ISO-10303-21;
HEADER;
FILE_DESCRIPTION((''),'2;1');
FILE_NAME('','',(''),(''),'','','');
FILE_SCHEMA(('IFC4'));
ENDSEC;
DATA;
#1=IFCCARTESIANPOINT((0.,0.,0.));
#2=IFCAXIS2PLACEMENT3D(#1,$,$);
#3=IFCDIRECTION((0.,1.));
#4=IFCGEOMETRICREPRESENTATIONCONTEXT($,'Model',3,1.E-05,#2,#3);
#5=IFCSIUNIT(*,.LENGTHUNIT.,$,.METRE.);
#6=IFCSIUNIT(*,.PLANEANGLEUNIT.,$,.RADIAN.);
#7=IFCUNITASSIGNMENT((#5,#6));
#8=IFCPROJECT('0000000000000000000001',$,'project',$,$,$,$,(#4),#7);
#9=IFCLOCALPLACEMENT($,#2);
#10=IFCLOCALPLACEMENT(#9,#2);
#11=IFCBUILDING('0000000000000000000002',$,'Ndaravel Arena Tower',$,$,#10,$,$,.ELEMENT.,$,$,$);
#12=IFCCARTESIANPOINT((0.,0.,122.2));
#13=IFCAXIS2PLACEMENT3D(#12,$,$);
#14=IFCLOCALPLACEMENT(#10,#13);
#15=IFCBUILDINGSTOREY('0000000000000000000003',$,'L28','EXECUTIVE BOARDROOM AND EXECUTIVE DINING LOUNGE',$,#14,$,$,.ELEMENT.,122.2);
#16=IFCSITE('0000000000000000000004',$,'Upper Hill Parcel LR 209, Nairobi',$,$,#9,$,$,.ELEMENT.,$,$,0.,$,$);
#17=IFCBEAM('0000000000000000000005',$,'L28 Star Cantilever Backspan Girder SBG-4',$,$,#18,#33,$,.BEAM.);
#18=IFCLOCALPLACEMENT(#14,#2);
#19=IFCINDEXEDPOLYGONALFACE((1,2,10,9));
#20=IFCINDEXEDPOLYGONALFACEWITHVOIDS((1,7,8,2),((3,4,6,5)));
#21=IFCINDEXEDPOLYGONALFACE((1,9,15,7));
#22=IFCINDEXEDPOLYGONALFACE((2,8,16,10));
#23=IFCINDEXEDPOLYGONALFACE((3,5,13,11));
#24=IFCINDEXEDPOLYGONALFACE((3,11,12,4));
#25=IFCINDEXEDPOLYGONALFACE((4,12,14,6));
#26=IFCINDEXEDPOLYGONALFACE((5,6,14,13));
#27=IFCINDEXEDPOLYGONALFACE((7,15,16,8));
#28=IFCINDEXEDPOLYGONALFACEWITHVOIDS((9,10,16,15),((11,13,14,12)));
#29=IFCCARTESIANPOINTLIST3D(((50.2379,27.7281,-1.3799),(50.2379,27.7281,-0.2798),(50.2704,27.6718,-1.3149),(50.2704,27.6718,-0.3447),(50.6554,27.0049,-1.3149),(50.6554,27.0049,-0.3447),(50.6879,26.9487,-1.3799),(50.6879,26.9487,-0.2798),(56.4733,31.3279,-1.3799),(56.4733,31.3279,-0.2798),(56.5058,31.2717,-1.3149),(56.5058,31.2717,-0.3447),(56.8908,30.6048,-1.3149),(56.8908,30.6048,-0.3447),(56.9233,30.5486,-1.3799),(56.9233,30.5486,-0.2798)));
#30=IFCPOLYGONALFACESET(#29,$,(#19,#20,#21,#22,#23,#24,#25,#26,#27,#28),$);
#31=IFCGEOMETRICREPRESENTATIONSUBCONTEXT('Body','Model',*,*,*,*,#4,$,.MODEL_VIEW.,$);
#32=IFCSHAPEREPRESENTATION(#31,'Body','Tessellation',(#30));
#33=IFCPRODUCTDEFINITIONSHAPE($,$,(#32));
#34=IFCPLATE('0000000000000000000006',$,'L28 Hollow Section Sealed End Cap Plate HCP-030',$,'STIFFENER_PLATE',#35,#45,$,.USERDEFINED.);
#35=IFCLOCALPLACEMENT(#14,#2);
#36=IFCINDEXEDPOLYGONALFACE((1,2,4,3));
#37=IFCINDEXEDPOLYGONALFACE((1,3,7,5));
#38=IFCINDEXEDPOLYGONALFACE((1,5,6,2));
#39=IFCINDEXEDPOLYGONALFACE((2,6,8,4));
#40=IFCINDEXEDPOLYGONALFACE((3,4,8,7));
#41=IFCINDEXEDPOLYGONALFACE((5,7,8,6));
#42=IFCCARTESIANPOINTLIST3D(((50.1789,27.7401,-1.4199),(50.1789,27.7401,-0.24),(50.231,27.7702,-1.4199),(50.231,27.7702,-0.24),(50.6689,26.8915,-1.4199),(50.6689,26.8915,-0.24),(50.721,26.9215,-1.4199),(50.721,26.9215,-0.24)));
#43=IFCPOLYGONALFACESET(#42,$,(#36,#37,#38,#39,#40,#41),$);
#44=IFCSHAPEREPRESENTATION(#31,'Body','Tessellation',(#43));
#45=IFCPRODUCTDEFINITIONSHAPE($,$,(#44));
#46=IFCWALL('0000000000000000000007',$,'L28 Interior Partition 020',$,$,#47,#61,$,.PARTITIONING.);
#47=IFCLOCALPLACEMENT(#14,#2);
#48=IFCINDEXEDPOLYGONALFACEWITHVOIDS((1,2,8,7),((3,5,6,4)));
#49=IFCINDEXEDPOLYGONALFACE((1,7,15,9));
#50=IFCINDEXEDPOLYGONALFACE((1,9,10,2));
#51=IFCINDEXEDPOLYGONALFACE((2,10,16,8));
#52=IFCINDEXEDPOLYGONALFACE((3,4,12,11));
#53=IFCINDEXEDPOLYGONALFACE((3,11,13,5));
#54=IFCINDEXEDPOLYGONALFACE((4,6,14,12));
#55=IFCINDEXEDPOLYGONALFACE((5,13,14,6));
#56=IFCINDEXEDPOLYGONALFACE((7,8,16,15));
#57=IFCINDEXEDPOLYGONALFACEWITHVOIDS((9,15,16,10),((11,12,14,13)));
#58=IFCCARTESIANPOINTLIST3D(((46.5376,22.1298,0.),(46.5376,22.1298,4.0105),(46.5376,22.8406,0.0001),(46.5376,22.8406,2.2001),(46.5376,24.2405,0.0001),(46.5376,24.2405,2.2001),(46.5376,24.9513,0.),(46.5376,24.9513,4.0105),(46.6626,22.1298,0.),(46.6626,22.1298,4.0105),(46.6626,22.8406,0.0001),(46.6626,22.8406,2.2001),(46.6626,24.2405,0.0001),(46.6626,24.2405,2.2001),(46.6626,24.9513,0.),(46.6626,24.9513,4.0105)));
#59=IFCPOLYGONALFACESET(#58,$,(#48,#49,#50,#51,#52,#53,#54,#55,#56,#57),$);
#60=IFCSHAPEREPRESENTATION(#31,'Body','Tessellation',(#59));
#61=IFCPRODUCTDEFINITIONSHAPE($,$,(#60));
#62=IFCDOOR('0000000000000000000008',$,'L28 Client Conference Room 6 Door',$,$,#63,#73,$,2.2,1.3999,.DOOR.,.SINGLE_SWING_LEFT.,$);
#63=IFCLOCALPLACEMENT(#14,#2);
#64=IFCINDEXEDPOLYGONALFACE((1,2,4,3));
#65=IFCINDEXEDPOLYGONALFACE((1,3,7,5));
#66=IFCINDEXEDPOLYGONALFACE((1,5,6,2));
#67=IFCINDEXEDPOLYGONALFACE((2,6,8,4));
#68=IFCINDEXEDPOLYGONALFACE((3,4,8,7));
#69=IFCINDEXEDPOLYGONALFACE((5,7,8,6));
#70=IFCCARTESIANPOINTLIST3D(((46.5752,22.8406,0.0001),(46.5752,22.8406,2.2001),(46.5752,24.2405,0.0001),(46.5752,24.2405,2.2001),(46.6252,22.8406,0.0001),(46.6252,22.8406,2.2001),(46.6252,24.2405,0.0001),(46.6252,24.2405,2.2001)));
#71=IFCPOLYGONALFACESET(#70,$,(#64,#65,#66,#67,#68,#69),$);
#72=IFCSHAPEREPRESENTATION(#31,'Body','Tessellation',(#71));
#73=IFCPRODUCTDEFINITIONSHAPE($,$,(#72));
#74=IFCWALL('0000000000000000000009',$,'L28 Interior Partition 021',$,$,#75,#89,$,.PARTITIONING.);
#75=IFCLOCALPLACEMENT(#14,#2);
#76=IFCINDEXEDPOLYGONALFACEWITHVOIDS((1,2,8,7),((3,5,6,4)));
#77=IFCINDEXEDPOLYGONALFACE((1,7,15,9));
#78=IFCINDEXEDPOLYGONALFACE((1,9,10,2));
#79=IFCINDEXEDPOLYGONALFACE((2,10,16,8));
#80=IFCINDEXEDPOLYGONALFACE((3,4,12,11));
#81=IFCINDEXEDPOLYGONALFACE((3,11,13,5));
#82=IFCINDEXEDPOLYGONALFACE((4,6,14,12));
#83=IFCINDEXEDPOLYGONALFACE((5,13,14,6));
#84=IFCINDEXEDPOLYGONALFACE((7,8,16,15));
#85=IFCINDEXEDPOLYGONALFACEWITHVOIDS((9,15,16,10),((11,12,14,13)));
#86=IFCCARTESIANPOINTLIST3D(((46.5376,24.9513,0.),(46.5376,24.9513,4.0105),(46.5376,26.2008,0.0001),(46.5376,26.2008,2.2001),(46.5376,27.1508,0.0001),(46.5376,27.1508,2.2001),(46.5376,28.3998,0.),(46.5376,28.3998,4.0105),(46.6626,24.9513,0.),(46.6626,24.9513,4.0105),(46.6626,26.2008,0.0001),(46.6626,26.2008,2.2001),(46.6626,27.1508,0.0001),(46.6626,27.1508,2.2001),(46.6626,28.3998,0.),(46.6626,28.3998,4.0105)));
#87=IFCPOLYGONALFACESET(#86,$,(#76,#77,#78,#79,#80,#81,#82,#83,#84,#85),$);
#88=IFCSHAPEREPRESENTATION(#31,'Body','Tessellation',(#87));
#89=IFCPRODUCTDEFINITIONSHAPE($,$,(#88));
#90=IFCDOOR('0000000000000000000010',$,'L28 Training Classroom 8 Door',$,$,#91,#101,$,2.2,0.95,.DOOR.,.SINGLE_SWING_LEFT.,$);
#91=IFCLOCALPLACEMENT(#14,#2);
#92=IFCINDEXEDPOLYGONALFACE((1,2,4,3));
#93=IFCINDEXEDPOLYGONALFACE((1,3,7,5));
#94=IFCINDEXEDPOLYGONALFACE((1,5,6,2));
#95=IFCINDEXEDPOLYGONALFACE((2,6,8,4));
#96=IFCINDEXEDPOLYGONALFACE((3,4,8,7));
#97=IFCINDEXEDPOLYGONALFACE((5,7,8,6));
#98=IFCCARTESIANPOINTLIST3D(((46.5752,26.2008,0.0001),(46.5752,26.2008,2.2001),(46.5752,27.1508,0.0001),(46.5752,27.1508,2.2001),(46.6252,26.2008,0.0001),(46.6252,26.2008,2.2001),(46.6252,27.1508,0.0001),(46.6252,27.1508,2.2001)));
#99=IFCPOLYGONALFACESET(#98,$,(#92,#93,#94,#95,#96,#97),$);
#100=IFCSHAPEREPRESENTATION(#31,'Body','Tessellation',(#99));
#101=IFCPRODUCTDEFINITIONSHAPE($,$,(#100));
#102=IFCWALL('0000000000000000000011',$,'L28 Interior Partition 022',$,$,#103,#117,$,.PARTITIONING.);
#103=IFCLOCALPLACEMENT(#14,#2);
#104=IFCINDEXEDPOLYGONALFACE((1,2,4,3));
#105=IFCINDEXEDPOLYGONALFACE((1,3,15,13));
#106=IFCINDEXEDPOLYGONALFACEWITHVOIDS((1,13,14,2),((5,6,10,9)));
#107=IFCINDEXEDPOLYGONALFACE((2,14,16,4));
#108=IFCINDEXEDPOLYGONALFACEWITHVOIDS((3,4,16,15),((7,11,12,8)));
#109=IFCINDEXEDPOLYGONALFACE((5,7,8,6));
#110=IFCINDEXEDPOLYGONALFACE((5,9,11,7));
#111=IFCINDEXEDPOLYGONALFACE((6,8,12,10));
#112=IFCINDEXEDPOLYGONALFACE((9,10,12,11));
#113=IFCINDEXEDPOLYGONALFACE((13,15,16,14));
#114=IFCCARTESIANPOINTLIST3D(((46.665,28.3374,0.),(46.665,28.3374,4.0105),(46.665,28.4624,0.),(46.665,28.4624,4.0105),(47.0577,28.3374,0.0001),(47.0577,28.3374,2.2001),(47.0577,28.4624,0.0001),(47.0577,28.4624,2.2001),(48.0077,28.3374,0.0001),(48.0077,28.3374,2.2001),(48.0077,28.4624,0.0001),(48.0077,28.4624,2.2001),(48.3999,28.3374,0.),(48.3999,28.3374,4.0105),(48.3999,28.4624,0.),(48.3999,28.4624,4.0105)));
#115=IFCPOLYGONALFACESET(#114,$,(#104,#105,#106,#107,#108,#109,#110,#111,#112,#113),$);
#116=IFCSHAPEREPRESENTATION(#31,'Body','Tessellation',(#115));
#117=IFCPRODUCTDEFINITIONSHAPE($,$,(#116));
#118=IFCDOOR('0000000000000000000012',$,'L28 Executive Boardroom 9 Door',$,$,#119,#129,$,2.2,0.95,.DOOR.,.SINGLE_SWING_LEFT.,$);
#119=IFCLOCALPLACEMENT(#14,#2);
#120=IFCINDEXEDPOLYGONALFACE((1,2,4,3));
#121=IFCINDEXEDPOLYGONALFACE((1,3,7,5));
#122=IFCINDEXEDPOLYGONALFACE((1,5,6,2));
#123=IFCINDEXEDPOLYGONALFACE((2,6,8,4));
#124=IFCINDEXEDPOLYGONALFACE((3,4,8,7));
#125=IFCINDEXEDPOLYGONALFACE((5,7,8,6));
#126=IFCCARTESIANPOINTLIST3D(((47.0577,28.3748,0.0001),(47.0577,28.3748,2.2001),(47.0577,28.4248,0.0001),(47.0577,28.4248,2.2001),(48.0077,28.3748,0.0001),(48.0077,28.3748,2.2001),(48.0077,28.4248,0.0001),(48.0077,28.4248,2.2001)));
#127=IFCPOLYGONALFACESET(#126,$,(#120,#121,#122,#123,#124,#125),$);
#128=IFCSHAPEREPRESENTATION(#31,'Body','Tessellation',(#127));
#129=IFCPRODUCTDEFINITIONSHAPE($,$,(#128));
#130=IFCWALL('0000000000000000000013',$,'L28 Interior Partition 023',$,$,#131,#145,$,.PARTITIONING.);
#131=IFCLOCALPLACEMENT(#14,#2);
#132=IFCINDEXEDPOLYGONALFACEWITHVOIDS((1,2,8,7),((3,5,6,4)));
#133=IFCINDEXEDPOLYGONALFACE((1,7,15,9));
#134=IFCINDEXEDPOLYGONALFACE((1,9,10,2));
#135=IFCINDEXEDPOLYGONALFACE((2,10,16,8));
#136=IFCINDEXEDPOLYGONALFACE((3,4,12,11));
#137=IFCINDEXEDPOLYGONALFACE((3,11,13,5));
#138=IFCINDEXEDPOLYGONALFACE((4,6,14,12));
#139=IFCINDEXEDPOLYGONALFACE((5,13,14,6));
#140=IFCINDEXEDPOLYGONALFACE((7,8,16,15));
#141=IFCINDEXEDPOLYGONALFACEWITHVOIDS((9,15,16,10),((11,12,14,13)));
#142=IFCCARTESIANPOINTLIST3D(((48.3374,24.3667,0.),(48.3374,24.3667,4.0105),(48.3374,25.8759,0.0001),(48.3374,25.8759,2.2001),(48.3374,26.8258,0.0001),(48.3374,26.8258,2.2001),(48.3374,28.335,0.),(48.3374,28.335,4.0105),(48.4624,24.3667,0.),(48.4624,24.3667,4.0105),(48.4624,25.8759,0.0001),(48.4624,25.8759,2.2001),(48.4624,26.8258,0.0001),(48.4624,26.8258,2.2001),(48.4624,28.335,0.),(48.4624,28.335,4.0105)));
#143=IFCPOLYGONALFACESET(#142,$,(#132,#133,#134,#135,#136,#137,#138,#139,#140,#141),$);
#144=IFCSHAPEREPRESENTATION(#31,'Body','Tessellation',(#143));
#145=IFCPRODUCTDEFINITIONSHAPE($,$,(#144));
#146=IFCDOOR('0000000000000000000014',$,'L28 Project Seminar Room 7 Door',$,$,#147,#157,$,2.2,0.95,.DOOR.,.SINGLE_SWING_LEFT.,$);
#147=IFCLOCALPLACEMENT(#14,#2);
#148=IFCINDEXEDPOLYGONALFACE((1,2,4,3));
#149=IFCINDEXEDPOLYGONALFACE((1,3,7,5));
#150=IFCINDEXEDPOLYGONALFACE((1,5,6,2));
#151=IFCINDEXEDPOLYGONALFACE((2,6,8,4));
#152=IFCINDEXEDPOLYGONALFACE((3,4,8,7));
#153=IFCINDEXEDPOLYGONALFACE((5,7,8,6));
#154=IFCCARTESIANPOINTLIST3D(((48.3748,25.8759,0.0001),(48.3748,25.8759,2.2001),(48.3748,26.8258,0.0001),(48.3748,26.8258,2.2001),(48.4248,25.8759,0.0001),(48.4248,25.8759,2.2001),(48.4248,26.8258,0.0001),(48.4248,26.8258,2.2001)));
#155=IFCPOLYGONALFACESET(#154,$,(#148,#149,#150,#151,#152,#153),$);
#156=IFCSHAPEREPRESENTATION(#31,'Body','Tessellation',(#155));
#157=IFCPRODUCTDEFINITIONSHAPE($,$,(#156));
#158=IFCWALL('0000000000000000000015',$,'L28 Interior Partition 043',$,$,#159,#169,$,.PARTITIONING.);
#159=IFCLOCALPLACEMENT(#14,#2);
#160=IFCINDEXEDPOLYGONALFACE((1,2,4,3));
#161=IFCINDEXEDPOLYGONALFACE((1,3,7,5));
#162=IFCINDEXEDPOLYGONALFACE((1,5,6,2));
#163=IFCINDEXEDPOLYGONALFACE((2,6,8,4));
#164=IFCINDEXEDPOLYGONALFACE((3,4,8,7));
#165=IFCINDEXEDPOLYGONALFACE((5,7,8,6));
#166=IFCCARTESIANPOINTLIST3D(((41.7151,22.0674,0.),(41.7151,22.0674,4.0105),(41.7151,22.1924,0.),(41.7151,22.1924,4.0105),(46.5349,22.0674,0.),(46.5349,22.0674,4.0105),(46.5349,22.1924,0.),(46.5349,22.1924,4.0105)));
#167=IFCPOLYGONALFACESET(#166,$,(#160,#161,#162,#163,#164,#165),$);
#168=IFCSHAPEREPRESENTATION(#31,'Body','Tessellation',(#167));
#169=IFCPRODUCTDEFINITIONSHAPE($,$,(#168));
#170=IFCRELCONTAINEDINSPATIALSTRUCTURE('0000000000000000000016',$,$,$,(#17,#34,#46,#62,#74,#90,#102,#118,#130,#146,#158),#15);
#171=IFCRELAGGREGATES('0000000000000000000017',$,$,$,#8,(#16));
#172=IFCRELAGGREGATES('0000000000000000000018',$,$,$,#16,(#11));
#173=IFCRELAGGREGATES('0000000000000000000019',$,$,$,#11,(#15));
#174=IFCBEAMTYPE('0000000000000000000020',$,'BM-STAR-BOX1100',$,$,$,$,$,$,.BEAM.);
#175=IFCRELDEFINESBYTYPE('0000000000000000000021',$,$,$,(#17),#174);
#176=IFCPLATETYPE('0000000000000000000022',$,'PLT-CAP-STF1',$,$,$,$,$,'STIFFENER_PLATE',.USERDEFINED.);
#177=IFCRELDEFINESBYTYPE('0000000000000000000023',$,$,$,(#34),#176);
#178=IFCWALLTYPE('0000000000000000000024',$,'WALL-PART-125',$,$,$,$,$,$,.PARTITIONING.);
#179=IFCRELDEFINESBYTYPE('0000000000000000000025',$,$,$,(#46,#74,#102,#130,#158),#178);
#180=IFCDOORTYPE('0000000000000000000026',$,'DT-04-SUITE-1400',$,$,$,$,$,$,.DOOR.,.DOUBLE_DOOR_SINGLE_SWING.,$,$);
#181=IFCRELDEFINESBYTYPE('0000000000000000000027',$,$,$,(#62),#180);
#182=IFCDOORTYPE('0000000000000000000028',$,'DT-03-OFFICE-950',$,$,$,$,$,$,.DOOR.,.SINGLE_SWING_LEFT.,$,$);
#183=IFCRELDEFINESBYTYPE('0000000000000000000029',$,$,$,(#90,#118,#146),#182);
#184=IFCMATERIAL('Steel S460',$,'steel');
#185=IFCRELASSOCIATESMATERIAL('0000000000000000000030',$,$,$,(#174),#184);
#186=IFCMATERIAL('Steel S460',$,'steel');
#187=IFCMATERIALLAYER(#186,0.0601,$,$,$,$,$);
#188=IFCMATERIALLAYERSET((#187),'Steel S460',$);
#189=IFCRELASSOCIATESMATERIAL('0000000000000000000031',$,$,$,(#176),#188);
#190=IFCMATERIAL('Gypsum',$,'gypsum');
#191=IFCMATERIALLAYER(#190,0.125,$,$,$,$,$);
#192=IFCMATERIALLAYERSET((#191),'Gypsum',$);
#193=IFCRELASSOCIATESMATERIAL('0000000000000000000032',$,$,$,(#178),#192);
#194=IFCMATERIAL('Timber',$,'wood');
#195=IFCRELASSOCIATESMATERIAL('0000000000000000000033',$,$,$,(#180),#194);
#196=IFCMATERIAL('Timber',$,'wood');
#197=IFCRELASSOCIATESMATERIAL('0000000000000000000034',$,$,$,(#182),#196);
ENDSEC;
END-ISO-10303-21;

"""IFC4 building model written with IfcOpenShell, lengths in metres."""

from ifc_helpers import new_model, si_unit, direction, frame, frame_2d, origin, origin_2d, place, context, subcontext, project, spatial, rectangle, hollow_rectangle, extrude, material, layer, layer_set, material_profile, profile_set, type_object, element, fill, save


model = new_model("IFC4")

# Units and contexts
model_context = context("Model", 3, precision=1e-05, world=origin(), true_north=direction((0.0, 1.0)))
body_context = subcontext(model_context, "Body", "Model", "MODEL_VIEW")
ifc_project = project(units=[si_unit("LENGTHUNIT", "METRE"), si_unit("PLANEANGLEUNIT", "RADIAN")], contexts=[model_context])

# Site, building, storey
site_placement = place(None, origin())
site = spatial("IfcSite", under=ifc_project, at=site_placement, Name="Upper Hill Parcel LR 209, Nairobi", CompositionType="ELEMENT", RefElevation=0.0)
building_placement = place(site_placement, origin())
building = spatial("IfcBuilding", under=site, at=building_placement, Name="Ndaravel Arena Tower", CompositionType="ELEMENT")
storey_placement = place(building_placement, frame((0.0, 0.0, 122.2)))
storey = spatial("IfcBuildingStorey", under=building, at=storey_placement, Name="L28", Description="EXECUTIVE BOARDROOM AND EXECUTIVE DINING LOUNGE", CompositionType="ELEMENT", Elevation=122.2)

# Beam
ifc_material_1 = material(Name="Steel S460", Category="steel")
ifc_material_profile_1 = material_profile(ifc_material_1, hollow_rectangle(XDim=0.8999, YDim=1.1001, WallThickness=0.0649, at=origin_2d()), Name="BOX 1100x900x65")
ifc_profile_set_1 = profile_set([ifc_material_profile_1], Name="Steel S460")
beam_type_1 = type_object("IfcBeamType", Name="BM-STAR-BOX1100", PredefinedType="BEAM", material=ifc_profile_set_1)
beam_1_placement = place(storey_placement, frame((50.4629, 27.3384, -0.8298), z_axis=(0.866033, 0.499987, 0.0), x_axis=(-0.499987, 0.866033, 0.0)))
element("IfcBeam", 1, at=beam_1_placement, inside=storey, type_object=beam_type_1, Name="L28 Star Cantilever Backspan Girder SBG-4", PredefinedType="BEAM", context=body_context, shape_type="SweptSolid", body=[
    extrude(hollow_rectangle(XDim=0.8999, YDim=1.1001, WallThickness=0.0649, at=origin_2d()), origin(), (0.0, 0.0, 1.0), 7.2),
])

# Plate
ifc_material_2 = material(Name="Steel S460", Category="steel")
ifc_layer_1 = layer(ifc_material_2, 0.0601)
ifc_layer_set_1 = layer_set([ifc_layer_1], Name="Steel S460")
plate_type = type_object("IfcPlateType", Name="PLT-CAP-STF1", ElementType="STIFFENER_PLATE", PredefinedType="USERDEFINED", material=ifc_layer_set_1)
plate_placement = place(storey_placement, frame((50.45, 27.3308, -1.4199), z_axis=(0.0, 0.0, 1.0), x_axis=(0.866025, 0.5, 0.0)))
element("IfcPlate", 2, at=plate_placement, inside=storey, type_object=plate_type, Name="L28 Hollow Section Sealed End Cap Plate HCP-030", ObjectType="STIFFENER_PLATE", PredefinedType="USERDEFINED", context=body_context, shape_type="SweptSolid", body=[
    extrude(rectangle(XDim=0.0601, YDim=0.98, at=origin_2d()), origin(), (0.0, 0.0, 1.0), 1.1799),
])

# Walls, openings, doors
ifc_material_3 = material(Name="Gypsum", Category="gypsum")
ifc_layer_2 = layer(ifc_material_3, 0.125)
ifc_layer_set_2 = layer_set([ifc_layer_2], Name="Gypsum")
wall_type_1 = type_object("IfcWallType", Name="WALL-PART-125", PredefinedType="PARTITIONING", material=ifc_layer_set_2)
wall_1_placement = place(storey_placement, frame((46.6001, 22.1299, 0.0), z_axis=(0.0, 0.0, 1.0), x_axis=(0.0, 1.0, 0.0)))
wall_1 = element("IfcWall", 3, at=wall_1_placement, inside=storey, type_object=wall_type_1, Name="L28 Interior Partition 020", PredefinedType="PARTITIONING", context=body_context, shape_type="SweptSolid", body=[
    extrude(rectangle(XDim=2.8215, YDim=0.125, at=frame_2d((1.4106, 0.0))), origin(), (0.0, 0.0, 1.0), 4.0105),
])
opening_1_placement = place(wall_1_placement, frame((0.7107, 0.0, 0.0)))
opening_1 = element("IfcOpeningElement", 4, at=opening_1_placement, cuts=wall_1, PredefinedType="OPENING", context=body_context, shape_type="SweptSolid", body=[
    extrude(rectangle(XDim=1.3999, YDim=2.2, at=frame_2d((0.7, 1.1001))), frame((0.0, 0.0625, 0.0), z_axis=(0.0, -1.0, 0.0), x_axis=(1.0, 0.0, 0.0)), (0.0, 0.0, 1.0), 0.125),
])
ifc_material_4 = material(Name="Timber", Category="wood")
door_type_1 = type_object("IfcDoorType", Name="DT-04-SUITE-1400", OperationType="DOUBLE_DOOR_SINGLE_SWING", PredefinedType="DOOR", material=ifc_material_4)
door_1_placement = place(opening_1_placement, origin())
door_1 = element("IfcDoor", 5, at=door_1_placement, inside=storey, type_object=door_type_1, Name="L28 Client Conference Room 6 Door", OperationType="SINGLE_SWING_LEFT", OverallHeight=2.2, OverallWidth=1.3999, PredefinedType="DOOR", context=body_context, shape_type="SweptSolid", body=[
    extrude(rectangle(XDim=1.3999, YDim=2.2, at=frame_2d((0.7, 1.1001))), frame((0.0, 0.0249, 0.0), z_axis=(0.0, -1.0, 0.0), x_axis=(1.0, 0.0, 0.0)), (0.0, 0.0, 1.0), 0.05),
])
fill(opening_1, door_1)
wall_2_placement = place(storey_placement, frame((46.6001, 24.9514, 0.0), z_axis=(0.0, 0.0, 1.0), x_axis=(0.0, 1.0, 0.0)))
wall_2 = element("IfcWall", 6, at=wall_2_placement, inside=storey, type_object=wall_type_1, Name="L28 Interior Partition 021", PredefinedType="PARTITIONING", context=body_context, shape_type="SweptSolid", body=[
    extrude(rectangle(XDim=3.4485, YDim=0.125, at=frame_2d((1.7241, 0.0))), origin(), (0.0, 0.0, 1.0), 4.0105),
])
opening_2_placement = place(wall_2_placement, frame((1.2493, 0.0, 0.0)))
opening_2 = element("IfcOpeningElement", 7, at=opening_2_placement, cuts=wall_2, PredefinedType="OPENING", context=body_context, shape_type="SweptSolid", body=[
    extrude(rectangle(XDim=0.95, YDim=2.2, at=frame_2d((0.4751, 1.1001))), frame((0.0, 0.0625, 0.0), z_axis=(0.0, -1.0, 0.0), x_axis=(1.0, 0.0, 0.0)), (0.0, 0.0, 1.0), 0.125),
])
ifc_material_5 = material(Name="Timber", Category="wood")
door_type_2 = type_object("IfcDoorType", Name="DT-03-OFFICE-950", OperationType="SINGLE_SWING_LEFT", PredefinedType="DOOR", material=ifc_material_5)
door_2_placement = place(opening_2_placement, origin())
door_2 = element("IfcDoor", 8, at=door_2_placement, inside=storey, type_object=door_type_2, Name="L28 Training Classroom 8 Door", OperationType="SINGLE_SWING_LEFT", OverallHeight=2.2, OverallWidth=0.95, PredefinedType="DOOR", context=body_context, shape_type="SweptSolid", body=[
    extrude(rectangle(XDim=0.95, YDim=2.2, at=frame_2d((0.4751, 1.1001))), frame((0.0, 0.0249, 0.0), z_axis=(0.0, -1.0, 0.0), x_axis=(1.0, 0.0, 0.0)), (0.0, 0.0, 1.0), 0.05),
])
fill(opening_2, door_2)
wall_3_placement = place(storey_placement, frame((46.665, 28.3999, 0.0), z_axis=(0.0, 0.0, 1.0), x_axis=(1.0, 0.0, 0.0)))
wall_3 = element("IfcWall", 9, at=wall_3_placement, inside=storey, type_object=wall_type_1, Name="L28 Interior Partition 022", PredefinedType="PARTITIONING", context=body_context, shape_type="SweptSolid", body=[
    extrude(rectangle(XDim=1.7349, YDim=0.125, at=frame_2d((0.8674, 0.0))), origin(), (0.0, 0.0, 1.0), 4.0105),
])
opening_3_placement = place(wall_3_placement, frame((0.3926, 0.0, 0.0)))
opening_3 = element("IfcOpeningElement", 10, at=opening_3_placement, cuts=wall_3, PredefinedType="OPENING", context=body_context, shape_type="SweptSolid", body=[
    extrude(rectangle(XDim=0.95, YDim=2.2, at=frame_2d((0.4751, 1.1001))), frame((0.0, 0.0625, 0.0), z_axis=(0.0, -1.0, 0.0), x_axis=(1.0, 0.0, 0.0)), (0.0, 0.0, 1.0), 0.125),
])
door_3_placement = place(opening_3_placement, origin())
door_3 = element("IfcDoor", 11, at=door_3_placement, inside=storey, type_object=door_type_2, Name="L28 Executive Boardroom 9 Door", OperationType="SINGLE_SWING_LEFT", OverallHeight=2.2, OverallWidth=0.95, PredefinedType="DOOR", context=body_context, shape_type="SweptSolid", body=[
    extrude(rectangle(XDim=0.95, YDim=2.2, at=frame_2d((0.4751, 1.1001))), frame((0.0, 0.0249, 0.0), z_axis=(0.0, -1.0, 0.0), x_axis=(1.0, 0.0, 0.0)), (0.0, 0.0, 1.0), 0.05),
])
fill(opening_3, door_3)
wall_4_placement = place(storey_placement, frame((48.3999, 28.335, 0.0), z_axis=(0.0, 0.0, 1.0), x_axis=(0.0, -1.0, 0.0)))
wall_4 = element("IfcWall", 12, at=wall_4_placement, inside=storey, type_object=wall_type_1, Name="L28 Interior Partition 023", PredefinedType="PARTITIONING", context=body_context, shape_type="SweptSolid", body=[
    extrude(rectangle(XDim=3.9683, YDim=0.125, at=frame_2d((1.9841, 0.0))), origin(), (0.0, 0.0, 1.0), 4.0105),
])
opening_4_placement = place(wall_4_placement, frame((1.509, 0.0, 0.0)))
opening_4 = element("IfcOpeningElement", 13, at=opening_4_placement, cuts=wall_4, PredefinedType="OPENING", context=body_context, shape_type="SweptSolid", body=[
    extrude(rectangle(XDim=0.95, YDim=2.2, at=frame_2d((0.4751, 1.1001))), frame((0.0, 0.0625, 0.0), z_axis=(0.0, -1.0, 0.0), x_axis=(1.0, 0.0, 0.0)), (0.0, 0.0, 1.0), 0.125),
])
door_4_placement = place(opening_4_placement, origin())
door_4 = element("IfcDoor", 14, at=door_4_placement, inside=storey, type_object=door_type_2, Name="L28 Project Seminar Room 7 Door", OperationType="SINGLE_SWING_LEFT", OverallHeight=2.2, OverallWidth=0.95, PredefinedType="DOOR", context=body_context, shape_type="SweptSolid", body=[
    extrude(rectangle(XDim=0.95, YDim=2.2, at=frame_2d((0.4751, 1.1001))), frame((0.0, 0.0249, 0.0), z_axis=(0.0, -1.0, 0.0), x_axis=(1.0, 0.0, 0.0)), (0.0, 0.0, 1.0), 0.05),
])
fill(opening_4, door_4)

# Wall
wall_5_placement = place(storey_placement, frame((41.7151, 22.1299, 0.0), z_axis=(0.0, 0.0, 1.0), x_axis=(1.0, 0.0, 0.0)))
element("IfcWall", 15, at=wall_5_placement, inside=storey, type_object=wall_type_1, Name="L28 Interior Partition 043", PredefinedType="PARTITIONING", context=body_context, shape_type="SweptSolid", body=[
    extrude(rectangle(XDim=4.8198, YDim=0.125, at=frame_2d((2.4099, 0.0))), origin(), (0.0, 0.0, 1.0), 4.0105),
])

save(model, "model.ifc")
